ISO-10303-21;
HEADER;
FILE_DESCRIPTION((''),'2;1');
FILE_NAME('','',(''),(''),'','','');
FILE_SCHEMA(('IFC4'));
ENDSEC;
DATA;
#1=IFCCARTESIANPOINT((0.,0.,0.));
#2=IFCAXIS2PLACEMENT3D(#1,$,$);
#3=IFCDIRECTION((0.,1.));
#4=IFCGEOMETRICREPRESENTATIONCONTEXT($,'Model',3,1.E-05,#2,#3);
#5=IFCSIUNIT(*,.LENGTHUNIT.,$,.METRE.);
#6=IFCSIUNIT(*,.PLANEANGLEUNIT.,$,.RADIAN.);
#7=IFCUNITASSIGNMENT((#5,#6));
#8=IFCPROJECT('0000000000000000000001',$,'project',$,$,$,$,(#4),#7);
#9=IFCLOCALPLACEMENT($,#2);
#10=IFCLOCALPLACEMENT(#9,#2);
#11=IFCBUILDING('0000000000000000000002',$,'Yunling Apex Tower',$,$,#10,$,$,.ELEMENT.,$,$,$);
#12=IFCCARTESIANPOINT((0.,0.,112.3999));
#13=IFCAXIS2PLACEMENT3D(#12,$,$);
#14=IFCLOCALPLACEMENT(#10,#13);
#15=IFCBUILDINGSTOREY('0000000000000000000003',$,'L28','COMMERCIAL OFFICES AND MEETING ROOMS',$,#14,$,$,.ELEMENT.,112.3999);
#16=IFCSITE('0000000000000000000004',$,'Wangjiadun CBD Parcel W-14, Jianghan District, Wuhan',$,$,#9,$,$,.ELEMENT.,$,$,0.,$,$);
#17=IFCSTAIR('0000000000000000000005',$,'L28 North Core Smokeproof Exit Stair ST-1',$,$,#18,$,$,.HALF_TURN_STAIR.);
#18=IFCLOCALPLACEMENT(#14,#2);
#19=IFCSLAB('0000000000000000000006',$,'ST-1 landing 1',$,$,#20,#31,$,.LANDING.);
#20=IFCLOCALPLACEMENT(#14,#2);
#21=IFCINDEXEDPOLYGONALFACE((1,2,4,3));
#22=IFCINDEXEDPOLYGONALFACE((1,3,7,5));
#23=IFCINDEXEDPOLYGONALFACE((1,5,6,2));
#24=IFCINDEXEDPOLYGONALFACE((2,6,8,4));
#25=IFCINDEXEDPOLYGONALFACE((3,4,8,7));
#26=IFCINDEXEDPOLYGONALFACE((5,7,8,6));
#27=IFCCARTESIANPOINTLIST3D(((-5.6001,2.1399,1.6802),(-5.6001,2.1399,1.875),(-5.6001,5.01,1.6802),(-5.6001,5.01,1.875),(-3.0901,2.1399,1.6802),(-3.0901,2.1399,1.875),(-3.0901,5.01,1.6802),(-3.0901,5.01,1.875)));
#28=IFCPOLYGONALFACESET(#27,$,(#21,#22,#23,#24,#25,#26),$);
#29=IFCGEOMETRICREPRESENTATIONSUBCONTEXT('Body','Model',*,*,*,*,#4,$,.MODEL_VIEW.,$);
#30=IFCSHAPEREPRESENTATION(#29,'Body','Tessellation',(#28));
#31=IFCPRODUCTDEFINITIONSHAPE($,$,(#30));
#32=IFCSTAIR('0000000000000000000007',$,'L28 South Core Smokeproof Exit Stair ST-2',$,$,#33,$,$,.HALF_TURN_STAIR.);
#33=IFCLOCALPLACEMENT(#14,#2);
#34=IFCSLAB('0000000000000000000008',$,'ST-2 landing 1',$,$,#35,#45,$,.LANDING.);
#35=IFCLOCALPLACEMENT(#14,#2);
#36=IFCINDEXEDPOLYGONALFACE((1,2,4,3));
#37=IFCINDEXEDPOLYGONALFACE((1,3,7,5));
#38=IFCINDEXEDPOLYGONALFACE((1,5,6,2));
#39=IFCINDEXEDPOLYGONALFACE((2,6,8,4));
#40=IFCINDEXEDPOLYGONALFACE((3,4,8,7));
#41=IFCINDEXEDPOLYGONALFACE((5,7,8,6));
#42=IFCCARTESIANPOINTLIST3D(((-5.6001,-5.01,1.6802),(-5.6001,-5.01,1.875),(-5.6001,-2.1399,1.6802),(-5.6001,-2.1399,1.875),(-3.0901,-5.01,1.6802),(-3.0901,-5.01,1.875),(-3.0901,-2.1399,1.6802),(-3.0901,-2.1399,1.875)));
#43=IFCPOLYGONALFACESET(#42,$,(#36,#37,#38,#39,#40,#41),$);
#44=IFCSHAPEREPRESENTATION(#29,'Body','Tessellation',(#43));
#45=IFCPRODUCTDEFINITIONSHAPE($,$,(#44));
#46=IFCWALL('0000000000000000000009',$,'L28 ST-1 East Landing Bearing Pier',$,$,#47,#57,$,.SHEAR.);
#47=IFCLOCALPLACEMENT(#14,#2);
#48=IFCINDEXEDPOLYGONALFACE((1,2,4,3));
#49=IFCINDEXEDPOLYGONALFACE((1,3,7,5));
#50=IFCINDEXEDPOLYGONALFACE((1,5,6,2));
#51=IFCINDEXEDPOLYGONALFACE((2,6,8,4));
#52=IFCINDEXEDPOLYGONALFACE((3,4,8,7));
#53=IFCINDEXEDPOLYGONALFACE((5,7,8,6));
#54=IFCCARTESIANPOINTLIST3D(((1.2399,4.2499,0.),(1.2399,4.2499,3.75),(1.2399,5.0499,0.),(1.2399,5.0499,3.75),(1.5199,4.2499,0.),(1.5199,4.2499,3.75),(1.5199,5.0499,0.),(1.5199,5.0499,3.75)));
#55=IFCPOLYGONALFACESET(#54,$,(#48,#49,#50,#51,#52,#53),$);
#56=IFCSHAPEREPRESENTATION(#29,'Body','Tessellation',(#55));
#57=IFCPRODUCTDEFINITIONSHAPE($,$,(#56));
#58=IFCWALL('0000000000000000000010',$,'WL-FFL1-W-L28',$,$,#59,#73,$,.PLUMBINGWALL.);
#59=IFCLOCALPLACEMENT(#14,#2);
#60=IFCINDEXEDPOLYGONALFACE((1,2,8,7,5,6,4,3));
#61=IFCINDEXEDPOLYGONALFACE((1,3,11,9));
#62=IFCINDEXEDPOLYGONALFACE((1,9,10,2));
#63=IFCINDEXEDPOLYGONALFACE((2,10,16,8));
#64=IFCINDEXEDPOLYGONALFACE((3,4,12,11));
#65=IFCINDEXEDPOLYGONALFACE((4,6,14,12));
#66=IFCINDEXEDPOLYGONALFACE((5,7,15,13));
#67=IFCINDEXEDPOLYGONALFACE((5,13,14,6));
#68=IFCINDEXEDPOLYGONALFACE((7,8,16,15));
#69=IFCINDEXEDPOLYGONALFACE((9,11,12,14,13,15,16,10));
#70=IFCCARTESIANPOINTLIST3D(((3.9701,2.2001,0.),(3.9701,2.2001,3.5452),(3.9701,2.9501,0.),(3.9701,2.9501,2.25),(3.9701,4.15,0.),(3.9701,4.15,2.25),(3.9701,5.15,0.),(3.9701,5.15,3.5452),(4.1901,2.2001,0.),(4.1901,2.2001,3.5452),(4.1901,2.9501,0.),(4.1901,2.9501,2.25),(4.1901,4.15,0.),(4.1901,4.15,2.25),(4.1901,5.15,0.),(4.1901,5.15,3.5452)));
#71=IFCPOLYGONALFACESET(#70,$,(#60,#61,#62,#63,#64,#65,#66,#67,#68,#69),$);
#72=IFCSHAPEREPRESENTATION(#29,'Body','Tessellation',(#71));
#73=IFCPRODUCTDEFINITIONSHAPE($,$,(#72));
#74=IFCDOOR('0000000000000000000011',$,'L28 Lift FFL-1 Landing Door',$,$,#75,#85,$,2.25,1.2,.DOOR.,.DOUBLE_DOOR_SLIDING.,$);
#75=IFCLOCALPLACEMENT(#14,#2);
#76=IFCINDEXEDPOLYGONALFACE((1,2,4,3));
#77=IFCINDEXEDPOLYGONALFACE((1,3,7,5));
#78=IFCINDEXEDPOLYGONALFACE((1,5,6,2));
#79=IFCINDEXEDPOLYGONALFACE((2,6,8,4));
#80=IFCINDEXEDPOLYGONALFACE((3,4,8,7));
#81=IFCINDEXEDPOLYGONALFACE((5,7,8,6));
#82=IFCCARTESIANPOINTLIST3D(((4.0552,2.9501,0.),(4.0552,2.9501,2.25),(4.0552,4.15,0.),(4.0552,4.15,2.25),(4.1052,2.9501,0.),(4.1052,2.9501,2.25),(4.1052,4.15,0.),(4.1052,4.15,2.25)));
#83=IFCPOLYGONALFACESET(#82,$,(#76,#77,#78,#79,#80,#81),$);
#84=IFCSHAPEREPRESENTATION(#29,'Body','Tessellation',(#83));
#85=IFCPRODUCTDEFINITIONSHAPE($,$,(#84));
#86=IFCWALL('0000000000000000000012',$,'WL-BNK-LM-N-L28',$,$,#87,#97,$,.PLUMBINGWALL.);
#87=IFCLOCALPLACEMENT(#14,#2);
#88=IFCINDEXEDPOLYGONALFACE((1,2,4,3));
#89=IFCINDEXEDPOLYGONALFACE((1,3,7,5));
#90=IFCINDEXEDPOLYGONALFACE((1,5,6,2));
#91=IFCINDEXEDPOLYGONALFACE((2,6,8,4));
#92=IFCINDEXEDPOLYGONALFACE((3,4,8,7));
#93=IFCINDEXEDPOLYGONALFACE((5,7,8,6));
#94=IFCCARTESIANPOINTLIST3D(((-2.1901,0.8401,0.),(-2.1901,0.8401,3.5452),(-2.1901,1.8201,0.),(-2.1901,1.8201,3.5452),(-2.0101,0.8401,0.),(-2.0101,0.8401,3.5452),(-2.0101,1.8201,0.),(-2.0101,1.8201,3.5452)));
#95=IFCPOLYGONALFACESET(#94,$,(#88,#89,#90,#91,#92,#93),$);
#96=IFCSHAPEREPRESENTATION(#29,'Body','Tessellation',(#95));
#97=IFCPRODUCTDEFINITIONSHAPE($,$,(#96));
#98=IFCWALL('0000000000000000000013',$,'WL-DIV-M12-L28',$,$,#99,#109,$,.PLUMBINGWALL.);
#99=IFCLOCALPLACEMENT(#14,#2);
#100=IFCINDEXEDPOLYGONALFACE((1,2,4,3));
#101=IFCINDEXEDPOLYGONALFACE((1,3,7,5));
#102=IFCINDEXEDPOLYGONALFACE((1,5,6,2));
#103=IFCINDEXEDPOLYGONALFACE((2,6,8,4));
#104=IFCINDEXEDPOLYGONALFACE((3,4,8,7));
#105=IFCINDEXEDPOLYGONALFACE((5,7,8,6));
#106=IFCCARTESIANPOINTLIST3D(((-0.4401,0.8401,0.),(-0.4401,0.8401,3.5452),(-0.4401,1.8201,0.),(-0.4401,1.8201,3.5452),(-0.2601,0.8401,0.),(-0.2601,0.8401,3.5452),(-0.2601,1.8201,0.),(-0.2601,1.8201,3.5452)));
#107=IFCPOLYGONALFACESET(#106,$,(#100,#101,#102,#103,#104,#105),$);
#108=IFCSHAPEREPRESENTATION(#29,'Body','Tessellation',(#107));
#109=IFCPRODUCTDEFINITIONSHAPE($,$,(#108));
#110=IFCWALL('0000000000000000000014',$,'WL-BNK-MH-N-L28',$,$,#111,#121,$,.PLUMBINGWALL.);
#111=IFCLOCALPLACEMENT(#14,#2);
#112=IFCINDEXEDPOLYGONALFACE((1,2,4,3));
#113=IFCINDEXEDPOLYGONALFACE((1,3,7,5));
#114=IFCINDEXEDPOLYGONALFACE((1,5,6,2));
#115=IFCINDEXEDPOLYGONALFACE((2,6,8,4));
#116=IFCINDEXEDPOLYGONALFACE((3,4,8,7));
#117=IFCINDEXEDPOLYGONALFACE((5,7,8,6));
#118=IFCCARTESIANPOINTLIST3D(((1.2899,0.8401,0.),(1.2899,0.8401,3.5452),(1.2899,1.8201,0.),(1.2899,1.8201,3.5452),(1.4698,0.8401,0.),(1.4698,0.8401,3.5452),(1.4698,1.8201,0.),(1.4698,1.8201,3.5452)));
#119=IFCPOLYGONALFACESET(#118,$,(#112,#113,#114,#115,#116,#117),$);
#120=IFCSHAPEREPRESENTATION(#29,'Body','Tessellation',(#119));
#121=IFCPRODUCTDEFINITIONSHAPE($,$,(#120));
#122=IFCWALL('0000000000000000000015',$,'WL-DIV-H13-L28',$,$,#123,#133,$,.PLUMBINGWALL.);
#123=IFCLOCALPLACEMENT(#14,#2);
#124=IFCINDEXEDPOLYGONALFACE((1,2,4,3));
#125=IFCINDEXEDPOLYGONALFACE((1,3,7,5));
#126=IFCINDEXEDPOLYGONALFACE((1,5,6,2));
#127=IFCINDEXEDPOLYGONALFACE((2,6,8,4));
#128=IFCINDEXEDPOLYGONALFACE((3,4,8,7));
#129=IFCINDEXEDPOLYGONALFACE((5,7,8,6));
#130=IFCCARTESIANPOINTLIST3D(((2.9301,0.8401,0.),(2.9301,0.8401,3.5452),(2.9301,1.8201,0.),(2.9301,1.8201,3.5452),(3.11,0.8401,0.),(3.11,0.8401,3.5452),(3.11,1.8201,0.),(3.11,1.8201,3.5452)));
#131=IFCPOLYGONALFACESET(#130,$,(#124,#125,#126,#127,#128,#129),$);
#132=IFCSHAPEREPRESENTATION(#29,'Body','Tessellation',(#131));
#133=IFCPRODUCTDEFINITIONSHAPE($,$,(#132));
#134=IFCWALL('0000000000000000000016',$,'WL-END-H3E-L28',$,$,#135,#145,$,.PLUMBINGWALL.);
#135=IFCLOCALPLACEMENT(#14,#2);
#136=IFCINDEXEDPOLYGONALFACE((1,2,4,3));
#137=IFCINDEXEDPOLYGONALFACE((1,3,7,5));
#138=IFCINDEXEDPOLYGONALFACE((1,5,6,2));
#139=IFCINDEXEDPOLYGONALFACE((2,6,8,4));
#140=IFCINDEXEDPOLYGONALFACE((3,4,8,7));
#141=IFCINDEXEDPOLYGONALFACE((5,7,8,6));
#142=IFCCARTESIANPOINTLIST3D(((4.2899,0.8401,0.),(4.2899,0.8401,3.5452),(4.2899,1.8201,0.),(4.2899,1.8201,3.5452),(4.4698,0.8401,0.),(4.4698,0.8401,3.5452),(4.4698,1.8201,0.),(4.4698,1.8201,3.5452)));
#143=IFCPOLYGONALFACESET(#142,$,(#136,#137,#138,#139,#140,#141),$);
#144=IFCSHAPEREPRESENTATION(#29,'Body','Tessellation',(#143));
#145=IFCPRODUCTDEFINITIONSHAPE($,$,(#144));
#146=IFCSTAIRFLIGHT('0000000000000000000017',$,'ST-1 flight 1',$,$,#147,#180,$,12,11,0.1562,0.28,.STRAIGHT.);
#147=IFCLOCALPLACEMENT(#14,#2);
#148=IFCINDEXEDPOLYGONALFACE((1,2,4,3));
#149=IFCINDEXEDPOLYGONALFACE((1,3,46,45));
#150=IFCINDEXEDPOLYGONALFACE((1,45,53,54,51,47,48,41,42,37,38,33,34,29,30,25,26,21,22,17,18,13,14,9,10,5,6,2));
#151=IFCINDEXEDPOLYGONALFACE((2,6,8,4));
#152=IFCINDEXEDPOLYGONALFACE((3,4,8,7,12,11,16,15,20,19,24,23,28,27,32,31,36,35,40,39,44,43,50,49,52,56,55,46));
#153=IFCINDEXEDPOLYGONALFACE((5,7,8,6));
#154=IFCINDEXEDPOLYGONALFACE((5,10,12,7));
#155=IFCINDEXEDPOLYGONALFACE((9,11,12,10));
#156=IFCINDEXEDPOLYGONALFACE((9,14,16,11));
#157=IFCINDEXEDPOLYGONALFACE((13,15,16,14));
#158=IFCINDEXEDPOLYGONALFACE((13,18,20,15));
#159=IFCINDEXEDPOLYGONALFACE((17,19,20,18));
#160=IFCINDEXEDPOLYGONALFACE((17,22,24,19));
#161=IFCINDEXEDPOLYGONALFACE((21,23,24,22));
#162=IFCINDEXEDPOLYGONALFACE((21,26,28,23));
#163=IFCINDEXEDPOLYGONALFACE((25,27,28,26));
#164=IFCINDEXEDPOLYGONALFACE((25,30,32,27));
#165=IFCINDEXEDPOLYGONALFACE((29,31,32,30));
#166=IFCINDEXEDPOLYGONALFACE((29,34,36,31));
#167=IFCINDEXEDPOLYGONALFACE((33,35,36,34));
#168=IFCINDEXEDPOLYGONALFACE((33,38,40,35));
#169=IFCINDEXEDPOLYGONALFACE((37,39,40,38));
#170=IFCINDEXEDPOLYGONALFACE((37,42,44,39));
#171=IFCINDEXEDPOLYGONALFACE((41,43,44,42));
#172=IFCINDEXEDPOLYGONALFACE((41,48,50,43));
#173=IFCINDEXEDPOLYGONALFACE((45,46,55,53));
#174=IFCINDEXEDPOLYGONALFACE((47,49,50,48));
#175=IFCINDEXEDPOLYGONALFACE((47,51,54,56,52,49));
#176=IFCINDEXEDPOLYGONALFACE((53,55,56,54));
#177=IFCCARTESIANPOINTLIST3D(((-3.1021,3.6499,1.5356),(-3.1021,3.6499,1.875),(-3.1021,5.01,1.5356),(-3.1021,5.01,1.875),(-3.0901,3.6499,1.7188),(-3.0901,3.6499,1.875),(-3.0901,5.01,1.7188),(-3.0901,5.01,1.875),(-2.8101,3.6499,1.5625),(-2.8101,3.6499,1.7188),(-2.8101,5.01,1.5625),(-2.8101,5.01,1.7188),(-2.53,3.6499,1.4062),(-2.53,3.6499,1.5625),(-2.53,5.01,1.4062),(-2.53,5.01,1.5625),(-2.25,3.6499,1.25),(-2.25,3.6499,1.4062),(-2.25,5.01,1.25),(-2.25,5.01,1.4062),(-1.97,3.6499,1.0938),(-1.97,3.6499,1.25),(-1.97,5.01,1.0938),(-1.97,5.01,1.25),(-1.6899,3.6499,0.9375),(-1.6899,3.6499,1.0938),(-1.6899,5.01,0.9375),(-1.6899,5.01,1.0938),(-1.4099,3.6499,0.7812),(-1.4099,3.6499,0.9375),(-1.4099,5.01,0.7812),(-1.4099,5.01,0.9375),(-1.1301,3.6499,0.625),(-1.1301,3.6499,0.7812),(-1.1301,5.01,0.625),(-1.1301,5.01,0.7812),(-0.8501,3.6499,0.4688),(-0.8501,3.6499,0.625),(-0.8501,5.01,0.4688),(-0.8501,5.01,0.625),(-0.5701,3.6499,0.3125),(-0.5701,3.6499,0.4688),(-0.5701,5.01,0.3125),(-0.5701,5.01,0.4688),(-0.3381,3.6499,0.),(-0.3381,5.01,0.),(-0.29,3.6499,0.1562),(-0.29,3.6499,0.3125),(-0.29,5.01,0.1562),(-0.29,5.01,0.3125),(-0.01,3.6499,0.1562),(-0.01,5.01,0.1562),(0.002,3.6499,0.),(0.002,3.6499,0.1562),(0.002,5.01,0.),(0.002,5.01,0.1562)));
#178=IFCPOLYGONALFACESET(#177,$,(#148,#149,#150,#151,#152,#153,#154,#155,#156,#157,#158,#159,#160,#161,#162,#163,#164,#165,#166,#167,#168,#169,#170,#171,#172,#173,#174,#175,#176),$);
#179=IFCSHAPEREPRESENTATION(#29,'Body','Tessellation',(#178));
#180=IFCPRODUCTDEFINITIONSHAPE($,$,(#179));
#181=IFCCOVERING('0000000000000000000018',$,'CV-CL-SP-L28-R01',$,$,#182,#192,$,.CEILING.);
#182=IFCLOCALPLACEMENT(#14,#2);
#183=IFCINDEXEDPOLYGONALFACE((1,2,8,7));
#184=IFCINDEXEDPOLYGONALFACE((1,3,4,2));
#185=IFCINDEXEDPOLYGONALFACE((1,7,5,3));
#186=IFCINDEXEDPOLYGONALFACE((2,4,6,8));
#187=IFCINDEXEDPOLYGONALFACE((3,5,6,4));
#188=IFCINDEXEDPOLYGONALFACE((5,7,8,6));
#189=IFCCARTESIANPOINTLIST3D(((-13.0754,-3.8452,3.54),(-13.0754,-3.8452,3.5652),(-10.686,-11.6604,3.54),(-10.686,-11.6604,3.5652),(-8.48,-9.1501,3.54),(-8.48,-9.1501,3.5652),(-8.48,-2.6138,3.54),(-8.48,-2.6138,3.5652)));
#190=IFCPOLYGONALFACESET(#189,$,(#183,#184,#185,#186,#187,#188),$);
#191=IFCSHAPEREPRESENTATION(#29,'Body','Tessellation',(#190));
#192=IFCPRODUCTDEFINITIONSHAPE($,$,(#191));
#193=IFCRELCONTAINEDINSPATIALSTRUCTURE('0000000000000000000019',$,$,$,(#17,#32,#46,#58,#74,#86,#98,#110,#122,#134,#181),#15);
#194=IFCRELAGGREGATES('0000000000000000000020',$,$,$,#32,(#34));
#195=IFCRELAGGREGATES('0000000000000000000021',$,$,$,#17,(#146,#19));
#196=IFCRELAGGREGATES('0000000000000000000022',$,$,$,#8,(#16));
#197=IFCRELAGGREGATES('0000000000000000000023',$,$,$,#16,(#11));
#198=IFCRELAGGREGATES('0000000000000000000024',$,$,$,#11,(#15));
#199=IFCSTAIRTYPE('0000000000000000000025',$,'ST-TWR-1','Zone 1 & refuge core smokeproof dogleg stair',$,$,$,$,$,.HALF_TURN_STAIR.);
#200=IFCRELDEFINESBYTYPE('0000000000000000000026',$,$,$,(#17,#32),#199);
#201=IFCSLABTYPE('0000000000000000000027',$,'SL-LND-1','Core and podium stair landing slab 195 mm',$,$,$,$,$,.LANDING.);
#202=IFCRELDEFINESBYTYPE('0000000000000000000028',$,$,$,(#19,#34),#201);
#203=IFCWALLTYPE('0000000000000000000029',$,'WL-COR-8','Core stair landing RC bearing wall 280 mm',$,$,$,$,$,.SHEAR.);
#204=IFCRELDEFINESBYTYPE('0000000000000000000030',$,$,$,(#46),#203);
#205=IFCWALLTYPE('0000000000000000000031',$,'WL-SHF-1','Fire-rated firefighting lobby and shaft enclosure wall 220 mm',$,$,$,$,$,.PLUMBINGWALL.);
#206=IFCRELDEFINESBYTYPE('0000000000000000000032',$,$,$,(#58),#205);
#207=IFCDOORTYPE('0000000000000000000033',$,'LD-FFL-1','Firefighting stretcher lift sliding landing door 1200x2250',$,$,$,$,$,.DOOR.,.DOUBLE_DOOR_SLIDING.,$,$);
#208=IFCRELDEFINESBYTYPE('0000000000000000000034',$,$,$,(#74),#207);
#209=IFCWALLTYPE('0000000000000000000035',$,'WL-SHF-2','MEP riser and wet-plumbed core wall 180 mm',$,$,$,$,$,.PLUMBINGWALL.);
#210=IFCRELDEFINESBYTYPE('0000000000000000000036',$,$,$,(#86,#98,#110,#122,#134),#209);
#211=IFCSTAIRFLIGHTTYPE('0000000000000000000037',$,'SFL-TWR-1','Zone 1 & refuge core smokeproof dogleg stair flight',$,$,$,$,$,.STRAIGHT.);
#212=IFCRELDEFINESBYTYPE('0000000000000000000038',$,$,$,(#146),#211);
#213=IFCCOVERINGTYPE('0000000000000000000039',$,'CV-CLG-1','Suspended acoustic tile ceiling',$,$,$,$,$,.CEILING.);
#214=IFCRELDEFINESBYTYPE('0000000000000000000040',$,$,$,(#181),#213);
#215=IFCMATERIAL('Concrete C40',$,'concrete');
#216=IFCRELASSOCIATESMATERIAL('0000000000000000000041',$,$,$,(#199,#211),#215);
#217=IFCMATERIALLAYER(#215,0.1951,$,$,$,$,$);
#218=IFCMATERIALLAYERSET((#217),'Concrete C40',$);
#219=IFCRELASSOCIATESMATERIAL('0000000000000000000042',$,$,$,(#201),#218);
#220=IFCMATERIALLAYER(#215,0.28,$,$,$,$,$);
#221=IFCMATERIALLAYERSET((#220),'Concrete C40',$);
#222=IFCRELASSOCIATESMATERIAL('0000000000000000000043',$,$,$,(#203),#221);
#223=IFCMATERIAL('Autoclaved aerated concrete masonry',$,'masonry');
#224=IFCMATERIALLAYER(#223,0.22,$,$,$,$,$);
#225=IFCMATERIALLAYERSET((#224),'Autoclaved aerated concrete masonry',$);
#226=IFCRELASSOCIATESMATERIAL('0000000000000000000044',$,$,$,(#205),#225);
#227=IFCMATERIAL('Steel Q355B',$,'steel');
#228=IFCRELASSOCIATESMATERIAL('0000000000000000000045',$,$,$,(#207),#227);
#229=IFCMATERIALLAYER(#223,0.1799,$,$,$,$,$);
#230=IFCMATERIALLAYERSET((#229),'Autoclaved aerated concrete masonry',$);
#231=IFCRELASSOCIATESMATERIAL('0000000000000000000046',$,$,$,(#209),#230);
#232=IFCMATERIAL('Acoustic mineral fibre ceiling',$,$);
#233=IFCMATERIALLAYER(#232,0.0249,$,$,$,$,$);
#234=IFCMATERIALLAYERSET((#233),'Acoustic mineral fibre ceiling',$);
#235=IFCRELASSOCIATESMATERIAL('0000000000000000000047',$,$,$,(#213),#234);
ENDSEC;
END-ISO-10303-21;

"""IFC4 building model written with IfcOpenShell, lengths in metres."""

from ifc_helpers import new_model, si_unit, direction, frame, frame_2d, origin, place, context, subcontext, project, spatial, polyline, rectangle, outline, extrude, material, layer, layer_set, type_object, element, fill, aggregate, save


model = new_model("IFC4")

# Units and contexts
model_context = context("Model", 3, precision=1e-05, world=origin(), true_north=direction((0.0, 1.0)))
body_context = subcontext(model_context, "Body", "Model", "MODEL_VIEW")
ifc_project = project(units=[si_unit("LENGTHUNIT", "METRE"), si_unit("PLANEANGLEUNIT", "RADIAN")], contexts=[model_context])

# Site, building, storey
site_placement = place(None, origin())
site = spatial("IfcSite", under=ifc_project, at=site_placement, Name="Wangjiadun CBD Parcel W-14, Jianghan District, Wuhan", CompositionType="ELEMENT", RefElevation=0.0)
building_placement = place(site_placement, origin())
building = spatial("IfcBuilding", under=site, at=building_placement, Name="Yunling Apex Tower", CompositionType="ELEMENT")
storey_placement = place(building_placement, frame((0.0, 0.0, 112.3999)))
storey = spatial("IfcBuildingStorey", under=building, at=storey_placement, Name="L28", Description="COMMERCIAL OFFICES AND MEETING ROOMS", CompositionType="ELEMENT", Elevation=112.3999)

# Stairs, slabs
ifc_material_1 = material(Name="Concrete C40", Category="concrete")
stair_type = type_object("IfcStairType", Name="ST-TWR-1", Description="Zone 1 & refuge core smokeproof dogleg stair", PredefinedType="HALF_TURN_STAIR", material=ifc_material_1)
stair_1_placement = place(storey_placement, origin())
stair_1 = element("IfcStair", 1, at=stair_1_placement, inside=storey, type_object=stair_type, Name="L28 North Core Smokeproof Exit Stair ST-1", PredefinedType="HALF_TURN_STAIR")
ifc_layer_1 = layer(ifc_material_1, 0.1951)
ifc_layer_set_1 = layer_set([ifc_layer_1], Name="Concrete C40")
slab_type = type_object("IfcSlabType", Name="SL-LND-1", Description="Core and podium stair landing slab 195 mm", PredefinedType="LANDING", material=ifc_layer_set_1)
slab_1_placement = place(storey_placement, frame((0.0, 0.0, 1.6802)))
slab_1 = element("IfcSlab", 2, at=slab_1_placement, type_object=slab_type, Name="ST-1 landing 1", PredefinedType="LANDING", context=body_context, shape_type="SweptSolid", body=[
    extrude(outline(polyline([(-3.0901, 5.01), (-5.6001, 5.01), (-5.6001, 2.1399), (-3.0901, 2.1399), (-3.0901, 5.01)])), origin(), (0.0, 0.0, 1.0), 0.1948),
])
stair_2_placement = place(storey_placement, origin())
stair_2 = element("IfcStair", 3, at=stair_2_placement, inside=storey, type_object=stair_type, Name="L28 South Core Smokeproof Exit Stair ST-2", PredefinedType="HALF_TURN_STAIR")
slab_2_placement = place(storey_placement, frame((0.0, 0.0, 1.6802)))
slab_2 = element("IfcSlab", 4, at=slab_2_placement, type_object=slab_type, Name="ST-2 landing 1", PredefinedType="LANDING", context=body_context, shape_type="SweptSolid", body=[
    extrude(outline(polyline([(-3.0901, -2.1399), (-5.6001, -2.1399), (-5.6001, -5.01), (-3.0901, -5.01), (-3.0901, -2.1399)])), origin(), (0.0, 0.0, 1.0), 0.1948),
])
aggregate(stair_2, [slab_2])

# Wall
ifc_layer_2 = layer(ifc_material_1, 0.28)
ifc_layer_set_2 = layer_set([ifc_layer_2], Name="Concrete C40")
wall_type_1 = type_object("IfcWallType", Name="WL-COR-8", Description="Core stair landing RC bearing wall 280 mm", PredefinedType="SHEAR", material=ifc_layer_set_2)
wall_1_placement = place(storey_placement, frame((1.3799, 4.25, 0.0), z_axis=(0.0, 0.0, 1.0), x_axis=(0.0, 1.0, 0.0)))
element("IfcWall", 5, at=wall_1_placement, inside=storey, type_object=wall_type_1, Name="L28 ST-1 East Landing Bearing Pier", PredefinedType="SHEAR", context=body_context, shape_type="SweptSolid", body=[
    extrude(rectangle(XDim=0.8, YDim=0.28, at=frame_2d((0.3999, 0.0))), origin(), (0.0, 0.0, 1.0), 3.75),
])

# Wall, opening, door
ifc_material_2 = material(Name="Autoclaved aerated concrete masonry", Category="masonry")
ifc_layer_3 = layer(ifc_material_2, 0.22)
ifc_layer_set_3 = layer_set([ifc_layer_3], Name="Autoclaved aerated concrete masonry")
wall_type_2 = type_object("IfcWallType", Name="WL-SHF-1", Description="Fire-rated firefighting lobby and shaft enclosure wall 220 mm", PredefinedType="PLUMBINGWALL", material=ifc_layer_set_3)
ifc_material_3 = material(Name="Steel Q355B", Category="steel")
wall_2_placement = place(storey_placement, frame((4.0801, 2.2, 0.0), z_axis=(0.0, 0.0, 1.0), x_axis=(0.0, 1.0, 0.0)))
wall_2 = element("IfcWall", 6, at=wall_2_placement, inside=storey, type_object=wall_type_2, Name="WL-FFL1-W-L28", PredefinedType="PLUMBINGWALL", context=body_context, shape_type="SweptSolid", body=[
    extrude(rectangle(XDim=2.95, YDim=0.22, at=frame_2d((1.4751, 0.0))), origin(), (0.0, 0.0, 1.0), 3.5452),
])
opening_1_placement = place(wall_2_placement, frame((0.75, 0.0, 0.0)))
opening_1 = element("IfcOpeningElement", 7, at=opening_1_placement, cuts=wall_2, PredefinedType="OPENING", context=body_context, shape_type="SweptSolid", body=[
    extrude(rectangle(XDim=1.2, YDim=2.25, at=frame_2d((0.6001, 1.125))), frame((0.0, 0.1201, 0.0), z_axis=(0.0, -1.0, 0.0), x_axis=(1.0, 0.0, 0.0)), (0.0, 0.0, 1.0), 0.24),
])
door_type_1 = type_object("IfcDoorType", Name="LD-FFL-1", Description="Firefighting stretcher lift sliding landing door 1200x2250", OperationType="DOUBLE_DOOR_SLIDING", PredefinedType="DOOR", material=ifc_material_3)
door_1_placement = place(opening_1_placement, origin())
door_1 = element("IfcDoor", 8, at=door_1_placement, inside=storey, type_object=door_type_1, Name="L28 Lift FFL-1 Landing Door", OperationType="DOUBLE_DOOR_SLIDING", OverallHeight=2.25, OverallWidth=1.2, PredefinedType="DOOR", context=body_context, shape_type="SweptSolid", body=[
    extrude(rectangle(XDim=1.2, YDim=2.25, at=frame_2d((0.6001, 1.125))), frame((0.0, 0.0249, 0.0), z_axis=(0.0, -1.0, 0.0), x_axis=(1.0, 0.0, 0.0)), (0.0, 0.0, 1.0), 0.05),
])
fill(opening_1, door_1)

# Walls
ifc_layer_4 = layer(ifc_material_2, 0.1799)
ifc_layer_set_4 = layer_set([ifc_layer_4], Name="Autoclaved aerated concrete masonry")
wall_type_3 = type_object("IfcWallType", Name="WL-SHF-2", Description="MEP riser and wet-plumbed core wall 180 mm", PredefinedType="PLUMBINGWALL", material=ifc_layer_set_4)
for number, where, z_axis, x_axis, name in (
    (9, (-2.1001, 0.8401, 0.0), (0.0, 0.0, 1.0), (0.0, 1.0, 0.0), "WL-BNK-LM-N-L28"),
    (10, (-0.3501, 0.8401, 0.0), (0.0, 0.0, 1.0), (0.0, 1.0, 0.0), "WL-DIV-M12-L28"),
    (11, (1.3799, 0.8401, 0.0), (0.0, 0.0, 1.0), (0.0, 1.0, 0.0), "WL-BNK-MH-N-L28"),
    (12, (3.02, 0.8401, 0.0), (0.0, 0.0, 1.0), (0.0, 1.0, 0.0), "WL-DIV-H13-L28"),
    (13, (4.3799, 0.8401, 0.0), (0.0, 0.0, 1.0), (0.0, 1.0, 0.0), "WL-END-H3E-L28"),
):
    element("IfcWall", number, at=place(storey_placement, frame(where, z_axis=z_axis, x_axis=x_axis)), inside=storey, type_object=wall_type_3, Name=name, PredefinedType="PLUMBINGWALL", context=body_context, shape_type="SweptSolid", body=[
        extrude(rectangle(XDim=0.98, YDim=0.1799, at=frame_2d((0.49, 0.0))), origin(), (0.0, 0.0, 1.0), 3.5452),
    ])

# Stair flight
stair_flight_type = type_object("IfcStairFlightType", Name="SFL-TWR-1", Description="Zone 1 & refuge core smokeproof dogleg stair flight", PredefinedType="STRAIGHT", material=ifc_material_1)
stair_flight_placement = place(storey_placement, frame((-0.01, 4.3301, 0.0), z_axis=(0.0, 0.0, 1.0), x_axis=(-1.0, 0.0, 0.0)))
stair_flight = element("IfcStairFlight", 14, at=stair_flight_placement, type_object=stair_flight_type, Name="ST-1 flight 1", NumberOfRisers=12, NumberOfTreads=11, PredefinedType="STRAIGHT", RiserHeight=0.1562, TreadLength=0.28, context=body_context, shape_type="SweptSolid", body=[
    extrude(outline(polyline([(-0.012, 0.0), (-0.012, 0.1562), (0.0, 0.1562), (0.28, 0.1562), (0.28, 0.3125), (0.5601, 0.3125), (0.5601, 0.4688), (0.8401, 0.4688), (0.8401, 0.625), (1.1201, 0.625), (1.1201, 0.7812), (1.3999, 0.7812), (1.3999, 0.9375), (1.6799, 0.9375), (1.6799, 1.0938), (1.96, 1.0938), (1.96, 1.25), (2.24, 1.25), (2.24, 1.4062), (2.52, 1.4062), (2.52, 1.5625), (2.8, 1.5625), (2.8, 1.7188), (3.0801, 1.7188), (3.0801, 1.875), (3.092, 1.875), (3.092, 1.5356), (0.3281, 0.0), (-0.012, 0.0)])), frame((0.0, 0.6802, 0.0), z_axis=(0.0, -1.0, 0.0), x_axis=(1.0, 0.0, 0.0)), (0.0, 0.0, 1.0), 1.3601),
])
aggregate(stair_1, [stair_flight, slab_1])

# Covering
ifc_material_4 = material(Name="Acoustic mineral fibre ceiling")
ifc_layer_5 = layer(ifc_material_4, 0.0249)
ifc_layer_set_5 = layer_set([ifc_layer_5], Name="Acoustic mineral fibre ceiling")
covering_type_1 = type_object("IfcCoveringType", Name="CV-CLG-1", Description="Suspended acoustic tile ceiling", PredefinedType="CEILING", material=ifc_layer_set_5)
covering_1_placement = place(storey_placement, frame((0.0, 0.0, 3.54)))
element("IfcCovering", 15, at=covering_1_placement, inside=storey, type_object=covering_type_1, Name="CV-CL-SP-L28-R01", PredefinedType="CEILING", context=body_context, shape_type="SweptSolid", body=[
    extrude(outline(polyline([(-13.0754, -3.8452), (-8.48, -2.6138), (-8.48, -9.1501), (-10.686, -11.6604), (-13.0754, -3.8452)])), origin(), (0.0, 0.0, 1.0), 0.0251),
])

save(model, "model.ifc")
